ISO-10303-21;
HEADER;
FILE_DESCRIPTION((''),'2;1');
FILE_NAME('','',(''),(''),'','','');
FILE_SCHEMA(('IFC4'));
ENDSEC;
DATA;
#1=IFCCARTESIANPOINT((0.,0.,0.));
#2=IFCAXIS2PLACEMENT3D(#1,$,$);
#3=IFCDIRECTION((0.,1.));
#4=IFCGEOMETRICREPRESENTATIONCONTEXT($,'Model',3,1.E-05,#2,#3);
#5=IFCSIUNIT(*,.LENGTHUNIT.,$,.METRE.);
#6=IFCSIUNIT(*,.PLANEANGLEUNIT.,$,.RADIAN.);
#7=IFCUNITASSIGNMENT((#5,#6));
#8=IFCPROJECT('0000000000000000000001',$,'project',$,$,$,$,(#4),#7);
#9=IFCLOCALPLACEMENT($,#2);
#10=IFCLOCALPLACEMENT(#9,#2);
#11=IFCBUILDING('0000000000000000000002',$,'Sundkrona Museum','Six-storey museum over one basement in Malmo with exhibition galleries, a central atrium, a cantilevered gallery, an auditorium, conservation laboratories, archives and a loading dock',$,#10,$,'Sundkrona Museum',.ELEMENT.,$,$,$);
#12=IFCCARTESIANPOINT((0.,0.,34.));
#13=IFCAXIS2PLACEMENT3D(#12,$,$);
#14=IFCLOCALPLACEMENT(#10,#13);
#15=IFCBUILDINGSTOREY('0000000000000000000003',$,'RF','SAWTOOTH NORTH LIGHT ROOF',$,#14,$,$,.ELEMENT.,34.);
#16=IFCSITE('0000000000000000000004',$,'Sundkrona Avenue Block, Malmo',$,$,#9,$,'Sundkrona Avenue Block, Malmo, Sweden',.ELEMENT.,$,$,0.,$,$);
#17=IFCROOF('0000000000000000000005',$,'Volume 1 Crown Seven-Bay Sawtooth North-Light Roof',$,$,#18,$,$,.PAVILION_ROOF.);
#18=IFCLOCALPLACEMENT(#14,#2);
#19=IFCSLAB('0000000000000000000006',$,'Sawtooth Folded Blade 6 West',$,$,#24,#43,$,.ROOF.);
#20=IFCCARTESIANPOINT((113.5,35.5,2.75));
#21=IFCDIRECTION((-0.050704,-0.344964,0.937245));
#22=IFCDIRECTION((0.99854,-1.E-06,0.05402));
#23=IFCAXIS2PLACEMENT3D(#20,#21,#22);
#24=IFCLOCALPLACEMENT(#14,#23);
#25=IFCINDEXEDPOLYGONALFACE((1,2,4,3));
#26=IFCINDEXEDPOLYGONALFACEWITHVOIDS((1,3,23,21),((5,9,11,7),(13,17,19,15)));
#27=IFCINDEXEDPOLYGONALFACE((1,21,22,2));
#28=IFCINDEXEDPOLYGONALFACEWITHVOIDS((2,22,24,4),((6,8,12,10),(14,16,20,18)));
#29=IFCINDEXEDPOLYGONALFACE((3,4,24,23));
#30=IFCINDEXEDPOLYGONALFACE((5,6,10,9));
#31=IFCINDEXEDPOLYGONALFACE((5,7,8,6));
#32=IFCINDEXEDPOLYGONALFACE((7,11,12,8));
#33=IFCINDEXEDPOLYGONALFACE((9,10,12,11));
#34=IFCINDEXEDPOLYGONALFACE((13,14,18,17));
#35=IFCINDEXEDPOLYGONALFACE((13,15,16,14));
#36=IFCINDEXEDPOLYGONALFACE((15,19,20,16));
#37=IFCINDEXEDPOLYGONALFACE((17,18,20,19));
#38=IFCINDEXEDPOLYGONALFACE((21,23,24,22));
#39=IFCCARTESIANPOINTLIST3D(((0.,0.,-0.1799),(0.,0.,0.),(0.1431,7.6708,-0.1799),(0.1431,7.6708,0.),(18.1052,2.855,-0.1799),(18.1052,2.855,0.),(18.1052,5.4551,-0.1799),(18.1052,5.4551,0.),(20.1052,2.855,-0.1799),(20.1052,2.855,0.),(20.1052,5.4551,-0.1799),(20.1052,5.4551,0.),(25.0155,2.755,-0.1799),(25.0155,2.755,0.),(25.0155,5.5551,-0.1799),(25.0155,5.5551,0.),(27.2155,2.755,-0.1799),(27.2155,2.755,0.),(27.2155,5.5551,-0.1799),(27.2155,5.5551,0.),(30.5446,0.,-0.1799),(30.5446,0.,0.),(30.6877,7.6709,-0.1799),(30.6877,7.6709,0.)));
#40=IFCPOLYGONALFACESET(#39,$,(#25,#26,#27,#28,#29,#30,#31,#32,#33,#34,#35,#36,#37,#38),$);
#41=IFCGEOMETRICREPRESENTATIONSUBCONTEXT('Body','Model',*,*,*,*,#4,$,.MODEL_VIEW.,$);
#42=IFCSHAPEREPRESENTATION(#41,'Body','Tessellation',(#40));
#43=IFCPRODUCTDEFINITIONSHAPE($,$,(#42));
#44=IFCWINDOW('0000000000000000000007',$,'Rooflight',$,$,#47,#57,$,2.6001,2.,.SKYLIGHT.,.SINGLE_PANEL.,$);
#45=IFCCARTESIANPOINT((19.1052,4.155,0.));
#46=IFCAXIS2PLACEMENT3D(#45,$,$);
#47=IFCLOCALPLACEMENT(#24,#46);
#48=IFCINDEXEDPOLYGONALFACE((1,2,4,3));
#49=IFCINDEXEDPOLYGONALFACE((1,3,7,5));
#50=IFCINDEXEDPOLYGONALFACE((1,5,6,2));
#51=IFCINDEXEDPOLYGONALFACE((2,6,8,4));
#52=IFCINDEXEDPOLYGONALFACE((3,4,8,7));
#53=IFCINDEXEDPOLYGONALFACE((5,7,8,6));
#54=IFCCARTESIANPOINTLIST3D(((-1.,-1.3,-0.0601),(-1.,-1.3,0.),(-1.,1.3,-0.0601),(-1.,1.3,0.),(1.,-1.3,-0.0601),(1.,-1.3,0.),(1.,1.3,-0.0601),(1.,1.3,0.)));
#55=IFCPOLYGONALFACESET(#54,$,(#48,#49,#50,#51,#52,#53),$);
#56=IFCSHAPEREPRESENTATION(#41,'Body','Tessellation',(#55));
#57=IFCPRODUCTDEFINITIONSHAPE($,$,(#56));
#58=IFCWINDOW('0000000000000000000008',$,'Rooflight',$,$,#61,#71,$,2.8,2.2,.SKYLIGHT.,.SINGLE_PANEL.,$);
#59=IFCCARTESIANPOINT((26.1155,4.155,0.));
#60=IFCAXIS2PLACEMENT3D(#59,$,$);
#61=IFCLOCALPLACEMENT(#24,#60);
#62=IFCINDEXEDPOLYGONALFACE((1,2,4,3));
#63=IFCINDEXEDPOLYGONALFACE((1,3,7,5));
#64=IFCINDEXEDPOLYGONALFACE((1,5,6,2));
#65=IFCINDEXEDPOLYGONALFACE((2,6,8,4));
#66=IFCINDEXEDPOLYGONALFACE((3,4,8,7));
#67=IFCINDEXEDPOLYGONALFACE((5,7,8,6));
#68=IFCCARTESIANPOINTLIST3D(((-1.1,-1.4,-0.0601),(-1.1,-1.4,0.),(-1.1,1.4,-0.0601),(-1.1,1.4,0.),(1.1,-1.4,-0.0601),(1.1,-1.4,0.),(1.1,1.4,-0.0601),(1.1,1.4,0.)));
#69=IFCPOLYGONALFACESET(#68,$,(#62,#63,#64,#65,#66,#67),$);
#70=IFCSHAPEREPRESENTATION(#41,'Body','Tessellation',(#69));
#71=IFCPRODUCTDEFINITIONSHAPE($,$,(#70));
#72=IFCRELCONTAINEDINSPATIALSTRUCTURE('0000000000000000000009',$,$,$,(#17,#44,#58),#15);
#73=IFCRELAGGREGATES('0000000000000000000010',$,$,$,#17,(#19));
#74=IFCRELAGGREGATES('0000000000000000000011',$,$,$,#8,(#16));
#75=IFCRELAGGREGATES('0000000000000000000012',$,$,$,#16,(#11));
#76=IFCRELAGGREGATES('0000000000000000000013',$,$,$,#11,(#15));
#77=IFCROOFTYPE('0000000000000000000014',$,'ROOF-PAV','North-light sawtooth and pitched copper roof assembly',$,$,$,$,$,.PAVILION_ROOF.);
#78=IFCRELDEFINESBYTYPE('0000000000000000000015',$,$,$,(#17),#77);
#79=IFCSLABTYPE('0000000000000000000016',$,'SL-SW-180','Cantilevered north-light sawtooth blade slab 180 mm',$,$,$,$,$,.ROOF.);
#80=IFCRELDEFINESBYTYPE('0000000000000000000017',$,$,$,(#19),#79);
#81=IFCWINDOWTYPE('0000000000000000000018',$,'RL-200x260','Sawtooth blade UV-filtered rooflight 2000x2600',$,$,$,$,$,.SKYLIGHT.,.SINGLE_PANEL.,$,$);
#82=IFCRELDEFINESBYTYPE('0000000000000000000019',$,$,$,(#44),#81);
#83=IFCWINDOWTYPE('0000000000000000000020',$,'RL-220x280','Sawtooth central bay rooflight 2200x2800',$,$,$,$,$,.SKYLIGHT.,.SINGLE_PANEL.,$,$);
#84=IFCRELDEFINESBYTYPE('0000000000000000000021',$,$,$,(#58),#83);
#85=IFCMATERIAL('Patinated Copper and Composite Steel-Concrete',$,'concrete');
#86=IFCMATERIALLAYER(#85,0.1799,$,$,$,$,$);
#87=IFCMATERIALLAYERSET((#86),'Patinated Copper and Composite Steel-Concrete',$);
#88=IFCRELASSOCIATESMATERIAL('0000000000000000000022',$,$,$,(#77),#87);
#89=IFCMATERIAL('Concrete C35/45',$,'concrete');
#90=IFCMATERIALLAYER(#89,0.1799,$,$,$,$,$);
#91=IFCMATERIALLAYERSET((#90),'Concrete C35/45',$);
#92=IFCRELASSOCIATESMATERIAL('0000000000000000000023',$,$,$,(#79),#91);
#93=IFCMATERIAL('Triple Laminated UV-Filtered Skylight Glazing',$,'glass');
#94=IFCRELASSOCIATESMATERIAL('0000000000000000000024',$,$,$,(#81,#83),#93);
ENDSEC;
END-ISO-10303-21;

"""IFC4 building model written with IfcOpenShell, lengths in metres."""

from ifc_helpers import new_model, si_unit, direction, frame, origin, origin_2d, place, context, subcontext, project, spatial, polyline, rectangle, outline, extrude, material, layer, layer_set, type_object, element, fill, aggregate, save


model = new_model("IFC4")

# Units and contexts
model_context = context("Model", 3, precision=1e-05, world=origin(), true_north=direction((0.0, 1.0)))
body_context = subcontext(model_context, "Body", "Model", "MODEL_VIEW")
ifc_project = project(units=[si_unit("LENGTHUNIT", "METRE"), si_unit("PLANEANGLEUNIT", "RADIAN")], contexts=[model_context])

# Site, building, storey
site_placement = place(None, origin())
site = spatial("IfcSite", under=ifc_project, at=site_placement, Name="Sundkrona Avenue Block, Malmo", LongName="Sundkrona Avenue Block, Malmo, Sweden", CompositionType="ELEMENT", RefElevation=0.0)
building_placement = place(site_placement, origin())
building = spatial("IfcBuilding", under=site, at=building_placement, Name="Sundkrona Museum", Description="Six-storey museum over one basement in Malmo with exhibition galleries, a central atrium, a cantilevered gallery, an auditorium, conservation laboratories, archives and a loading dock", LongName="Sundkrona Museum", CompositionType="ELEMENT")
storey_placement = place(building_placement, frame((0.0, 0.0, 34.0)))
storey = spatial("IfcBuildingStorey", under=building, at=storey_placement, Name="RF", Description="SAWTOOTH NORTH LIGHT ROOF", CompositionType="ELEMENT", Elevation=34.0)

# Roof, slab, openings, windows
ifc_material_1 = material(Name="Patinated Copper and Composite Steel-Concrete", Category="concrete")
ifc_layer_1 = layer(ifc_material_1, 0.1799)
ifc_layer_set_1 = layer_set([ifc_layer_1], Name="Patinated Copper and Composite Steel-Concrete")
roof_type = type_object("IfcRoofType", Name="ROOF-PAV", Description="North-light sawtooth and pitched copper roof assembly", PredefinedType="PAVILION_ROOF", material=ifc_layer_set_1)
roof_placement = place(storey_placement, origin())
roof = element("IfcRoof", 1, at=roof_placement, inside=storey, type_object=roof_type, Name="Volume 1 Crown Seven-Bay Sawtooth North-Light Roof", PredefinedType="PAVILION_ROOF")
ifc_material_2 = material(Name="Concrete C35/45", Category="concrete")
ifc_layer_2 = layer(ifc_material_2, 0.1799)
ifc_layer_set_2 = layer_set([ifc_layer_2], Name="Concrete C35/45")
slab_type = type_object("IfcSlabType", Name="SL-SW-180", Description="Cantilevered north-light sawtooth blade slab 180 mm", PredefinedType="ROOF", material=ifc_layer_set_2)
slab_1_placement = place(storey_placement, frame((113.5, 35.5, 2.75), z_axis=(-0.050704, -0.344964, 0.937245), x_axis=(0.99854, -0.000001, 0.05402)))
slab_1 = element("IfcSlab", 2, at=slab_1_placement, type_object=slab_type, Name="Sawtooth Folded Blade 6 West", PredefinedType="ROOF", context=body_context, shape_type="SweptSolid", body=[
    extrude(outline(polyline([(0.0, 0.0), (30.5446, 0.0), (30.6877, 7.6709), (0.1431, 7.6708), (0.0, 0.0)])), origin(), (0.0, 0.0, -1.0), 0.1799),
])
opening_1_placement = place(slab_1_placement, frame((19.1052, 4.155, 0.01)))
opening_1 = element("IfcOpeningElement", 3, at=opening_1_placement, cuts=slab_1, PredefinedType="OPENING", context=body_context, shape_type="SweptSolid", body=[
    extrude(rectangle(XDim=2.0, YDim=2.6001, at=origin_2d()), origin(), (0.0, 0.0, -1.0), 0.2),
])
opening_2_placement = place(slab_1_placement, frame((26.1155, 4.155, 0.01)))
opening_2 = element("IfcOpeningElement", 4, at=opening_2_placement, cuts=slab_1, PredefinedType="OPENING", context=body_context, shape_type="SweptSolid", body=[
    extrude(rectangle(XDim=2.2, YDim=2.8, at=origin_2d()), origin(), (0.0, 0.0, -1.0), 0.2),
])
ifc_material_3 = material(Name="Triple Laminated UV-Filtered Skylight Glazing", Category="glass")
window_type_1 = type_object("IfcWindowType", Name="RL-200x260", Description="Sawtooth blade UV-filtered rooflight 2000x2600", PartitioningType="SINGLE_PANEL", PredefinedType="SKYLIGHT", material=ifc_material_3)
window_1_placement = place(slab_1_placement, frame((19.1052, 4.155, 0.0)))
window_1 = element("IfcWindow", 5, at=window_1_placement, inside=storey, type_object=window_type_1, Name="Rooflight", OverallHeight=2.6001, OverallWidth=2.0, PartitioningType="SINGLE_PANEL", PredefinedType="SKYLIGHT", context=body_context, shape_type="SweptSolid", body=[
    extrude(rectangle(XDim=2.0, YDim=2.6001, at=origin_2d()), origin(), (0.0, 0.0, -1.0), 0.0601),
])
fill(opening_1, window_1)
window_type_2 = type_object("IfcWindowType", Name="RL-220x280", Description="Sawtooth central bay rooflight 2200x2800", PartitioningType="SINGLE_PANEL", PredefinedType="SKYLIGHT", material=ifc_material_3)
window_2_placement = place(slab_1_placement, frame((26.1155, 4.155, 0.0)))
window_2 = element("IfcWindow", 6, at=window_2_placement, inside=storey, type_object=window_type_2, Name="Rooflight", OverallHeight=2.8, OverallWidth=2.2, PartitioningType="SINGLE_PANEL", PredefinedType="SKYLIGHT", context=body_context, shape_type="SweptSolid", body=[
    extrude(rectangle(XDim=2.2, YDim=2.8, at=origin_2d()), origin(), (0.0, 0.0, -1.0), 0.0601),
])
fill(opening_2, window_2)
aggregate(roof, [slab_1])

save(model, "model.ifc")
